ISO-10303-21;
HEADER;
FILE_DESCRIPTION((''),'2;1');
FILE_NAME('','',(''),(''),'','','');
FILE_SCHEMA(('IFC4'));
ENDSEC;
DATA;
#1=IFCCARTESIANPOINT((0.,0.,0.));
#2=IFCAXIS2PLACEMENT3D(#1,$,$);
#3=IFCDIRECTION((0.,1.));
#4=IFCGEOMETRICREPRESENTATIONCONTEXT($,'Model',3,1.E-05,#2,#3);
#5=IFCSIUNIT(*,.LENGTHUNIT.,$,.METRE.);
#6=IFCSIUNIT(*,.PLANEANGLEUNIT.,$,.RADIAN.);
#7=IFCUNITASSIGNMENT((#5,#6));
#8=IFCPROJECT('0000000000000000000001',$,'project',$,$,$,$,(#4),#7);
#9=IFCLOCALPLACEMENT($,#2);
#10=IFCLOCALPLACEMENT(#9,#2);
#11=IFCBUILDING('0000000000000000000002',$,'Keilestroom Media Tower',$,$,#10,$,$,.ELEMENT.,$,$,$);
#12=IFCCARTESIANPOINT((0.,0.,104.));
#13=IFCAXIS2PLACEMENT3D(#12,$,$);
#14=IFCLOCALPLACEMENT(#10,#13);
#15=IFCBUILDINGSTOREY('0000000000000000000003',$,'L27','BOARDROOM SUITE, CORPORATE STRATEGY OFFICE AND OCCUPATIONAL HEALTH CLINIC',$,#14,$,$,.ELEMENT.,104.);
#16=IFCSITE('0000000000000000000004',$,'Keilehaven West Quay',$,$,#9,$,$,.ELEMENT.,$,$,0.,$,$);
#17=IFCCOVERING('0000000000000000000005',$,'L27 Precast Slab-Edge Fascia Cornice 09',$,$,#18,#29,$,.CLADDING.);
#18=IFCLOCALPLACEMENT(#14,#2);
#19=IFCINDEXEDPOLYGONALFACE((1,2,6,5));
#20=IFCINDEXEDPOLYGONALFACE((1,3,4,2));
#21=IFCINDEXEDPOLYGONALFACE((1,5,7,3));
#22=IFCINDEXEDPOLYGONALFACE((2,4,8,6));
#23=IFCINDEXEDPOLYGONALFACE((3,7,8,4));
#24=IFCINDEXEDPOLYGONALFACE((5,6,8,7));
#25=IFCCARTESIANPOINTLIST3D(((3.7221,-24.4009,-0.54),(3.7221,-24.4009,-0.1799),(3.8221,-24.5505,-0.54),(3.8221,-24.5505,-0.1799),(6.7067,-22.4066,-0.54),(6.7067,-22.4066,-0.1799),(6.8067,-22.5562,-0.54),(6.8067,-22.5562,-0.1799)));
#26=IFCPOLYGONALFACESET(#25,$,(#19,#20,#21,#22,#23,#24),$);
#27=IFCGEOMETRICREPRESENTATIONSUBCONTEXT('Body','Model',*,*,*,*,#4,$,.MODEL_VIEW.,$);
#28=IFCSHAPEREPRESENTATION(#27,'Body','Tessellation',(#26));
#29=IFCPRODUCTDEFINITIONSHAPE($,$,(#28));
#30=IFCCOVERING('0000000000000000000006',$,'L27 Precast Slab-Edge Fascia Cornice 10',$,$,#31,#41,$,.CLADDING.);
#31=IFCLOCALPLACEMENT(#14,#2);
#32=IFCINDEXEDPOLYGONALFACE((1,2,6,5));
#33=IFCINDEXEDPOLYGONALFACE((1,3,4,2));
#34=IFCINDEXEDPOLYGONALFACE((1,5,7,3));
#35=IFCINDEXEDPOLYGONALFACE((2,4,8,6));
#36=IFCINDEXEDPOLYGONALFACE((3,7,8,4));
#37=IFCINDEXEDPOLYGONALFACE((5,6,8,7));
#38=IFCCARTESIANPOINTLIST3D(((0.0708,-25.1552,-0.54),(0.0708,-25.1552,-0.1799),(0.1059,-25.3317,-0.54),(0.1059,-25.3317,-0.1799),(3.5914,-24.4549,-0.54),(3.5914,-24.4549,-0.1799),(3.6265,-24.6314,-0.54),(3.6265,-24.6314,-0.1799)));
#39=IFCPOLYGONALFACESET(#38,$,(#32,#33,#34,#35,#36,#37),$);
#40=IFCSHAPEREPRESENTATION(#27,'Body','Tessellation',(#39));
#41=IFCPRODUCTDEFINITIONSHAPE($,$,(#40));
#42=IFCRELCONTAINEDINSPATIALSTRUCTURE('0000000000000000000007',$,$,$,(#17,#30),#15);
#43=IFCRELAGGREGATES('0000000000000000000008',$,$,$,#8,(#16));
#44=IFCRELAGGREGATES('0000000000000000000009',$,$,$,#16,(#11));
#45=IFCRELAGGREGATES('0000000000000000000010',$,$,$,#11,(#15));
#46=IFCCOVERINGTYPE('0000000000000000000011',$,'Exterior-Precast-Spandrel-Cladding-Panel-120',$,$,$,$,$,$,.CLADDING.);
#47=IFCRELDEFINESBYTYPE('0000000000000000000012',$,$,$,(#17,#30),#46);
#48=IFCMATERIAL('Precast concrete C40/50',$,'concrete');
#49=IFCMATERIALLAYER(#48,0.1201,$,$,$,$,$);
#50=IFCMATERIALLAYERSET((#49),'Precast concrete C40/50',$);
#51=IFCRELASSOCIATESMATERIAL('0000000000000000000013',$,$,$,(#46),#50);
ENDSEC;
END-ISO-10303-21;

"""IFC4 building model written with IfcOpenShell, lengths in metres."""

from ifc_helpers import new_model, si_unit, direction, frame, origin, origin_2d, place, context, subcontext, project, spatial, rectangle, extrude, source, transform, mapped, material, layer, layer_set, type_object, element, save


model = new_model("IFC4")

# Units and contexts
model_context = context("Model", 3, precision=1e-05, world=origin(), true_north=direction((0.0, 1.0)))
body_context = subcontext(model_context, "Body", "Model", "MODEL_VIEW")
ifc_project = project(units=[si_unit("LENGTHUNIT", "METRE"), si_unit("PLANEANGLEUNIT", "RADIAN")], contexts=[model_context])

# Site, building, storey
site_placement = place(None, origin())
site = spatial("IfcSite", under=ifc_project, at=site_placement, Name="Keilehaven West Quay", CompositionType="ELEMENT", RefElevation=0.0)
building_placement = place(site_placement, origin())
building = spatial("IfcBuilding", under=site, at=building_placement, Name="Keilestroom Media Tower", CompositionType="ELEMENT")
storey_placement = place(building_placement, frame((0.0, 0.0, 104.0)))
storey = spatial("IfcBuildingStorey", under=building, at=storey_placement, Name="L27", Description="BOARDROOM SUITE, CORPORATE STRATEGY OFFICE AND OCCUPATIONAL HEALTH CLINIC", CompositionType="ELEMENT", Elevation=104.0)

# Shared definitions
ifc_material_1 = material(Name="Precast concrete C40/50", Category="concrete")

# Coverings
ifc_layer_1 = layer(ifc_material_1, 0.1201)
ifc_layer_set_1 = layer_set([ifc_layer_1], Name="Precast concrete C40/50")
covering_type = type_object("IfcCoveringType", Name="Exterior-Precast-Spandrel-Cladding-Panel-120", PredefinedType="CLADDING", material=ifc_layer_set_1)
shared_shape_1 = source(origin(), body_context, "Body", "SweptSolid", [
    extrude(rectangle(XDim=3.5896, YDim=0.1799, at=origin_2d()), origin(), (0.0, 0.0, 1.0), 0.3601),
])
for number, where, z_axis, x_axis, name in (
    (1, (5.2644, -23.4785, -0.54), (0.0, 0.0, 1.0), (-0.831467, -0.555575, 0.0), "L27 Precast Slab-Edge Fascia Cornice 09"),
    (2, (1.8486, -24.8933, -0.54), (0.0, 0.0, 1.0), (-0.980784, -0.195099, 0.0), "L27 Precast Slab-Edge Fascia Cornice 10"),
):
    element("IfcCovering", number, at=place(storey_placement, frame(where, z_axis=z_axis, x_axis=x_axis)), inside=storey, type_object=covering_type, Name=name, PredefinedType="CLADDING", context=body_context, shape_type="MappedRepresentation", body=[
        mapped(shared_shape_1, transform((0.0, 0.0, 0.0), x_axis=(1.0, 0.0, 0.0), y_axis=(0.0, 1.0, 0.0), z_axis=(0.0, 0.0, 1.0), scale=1.0)),
    ])

save(model, "model.ifc")
